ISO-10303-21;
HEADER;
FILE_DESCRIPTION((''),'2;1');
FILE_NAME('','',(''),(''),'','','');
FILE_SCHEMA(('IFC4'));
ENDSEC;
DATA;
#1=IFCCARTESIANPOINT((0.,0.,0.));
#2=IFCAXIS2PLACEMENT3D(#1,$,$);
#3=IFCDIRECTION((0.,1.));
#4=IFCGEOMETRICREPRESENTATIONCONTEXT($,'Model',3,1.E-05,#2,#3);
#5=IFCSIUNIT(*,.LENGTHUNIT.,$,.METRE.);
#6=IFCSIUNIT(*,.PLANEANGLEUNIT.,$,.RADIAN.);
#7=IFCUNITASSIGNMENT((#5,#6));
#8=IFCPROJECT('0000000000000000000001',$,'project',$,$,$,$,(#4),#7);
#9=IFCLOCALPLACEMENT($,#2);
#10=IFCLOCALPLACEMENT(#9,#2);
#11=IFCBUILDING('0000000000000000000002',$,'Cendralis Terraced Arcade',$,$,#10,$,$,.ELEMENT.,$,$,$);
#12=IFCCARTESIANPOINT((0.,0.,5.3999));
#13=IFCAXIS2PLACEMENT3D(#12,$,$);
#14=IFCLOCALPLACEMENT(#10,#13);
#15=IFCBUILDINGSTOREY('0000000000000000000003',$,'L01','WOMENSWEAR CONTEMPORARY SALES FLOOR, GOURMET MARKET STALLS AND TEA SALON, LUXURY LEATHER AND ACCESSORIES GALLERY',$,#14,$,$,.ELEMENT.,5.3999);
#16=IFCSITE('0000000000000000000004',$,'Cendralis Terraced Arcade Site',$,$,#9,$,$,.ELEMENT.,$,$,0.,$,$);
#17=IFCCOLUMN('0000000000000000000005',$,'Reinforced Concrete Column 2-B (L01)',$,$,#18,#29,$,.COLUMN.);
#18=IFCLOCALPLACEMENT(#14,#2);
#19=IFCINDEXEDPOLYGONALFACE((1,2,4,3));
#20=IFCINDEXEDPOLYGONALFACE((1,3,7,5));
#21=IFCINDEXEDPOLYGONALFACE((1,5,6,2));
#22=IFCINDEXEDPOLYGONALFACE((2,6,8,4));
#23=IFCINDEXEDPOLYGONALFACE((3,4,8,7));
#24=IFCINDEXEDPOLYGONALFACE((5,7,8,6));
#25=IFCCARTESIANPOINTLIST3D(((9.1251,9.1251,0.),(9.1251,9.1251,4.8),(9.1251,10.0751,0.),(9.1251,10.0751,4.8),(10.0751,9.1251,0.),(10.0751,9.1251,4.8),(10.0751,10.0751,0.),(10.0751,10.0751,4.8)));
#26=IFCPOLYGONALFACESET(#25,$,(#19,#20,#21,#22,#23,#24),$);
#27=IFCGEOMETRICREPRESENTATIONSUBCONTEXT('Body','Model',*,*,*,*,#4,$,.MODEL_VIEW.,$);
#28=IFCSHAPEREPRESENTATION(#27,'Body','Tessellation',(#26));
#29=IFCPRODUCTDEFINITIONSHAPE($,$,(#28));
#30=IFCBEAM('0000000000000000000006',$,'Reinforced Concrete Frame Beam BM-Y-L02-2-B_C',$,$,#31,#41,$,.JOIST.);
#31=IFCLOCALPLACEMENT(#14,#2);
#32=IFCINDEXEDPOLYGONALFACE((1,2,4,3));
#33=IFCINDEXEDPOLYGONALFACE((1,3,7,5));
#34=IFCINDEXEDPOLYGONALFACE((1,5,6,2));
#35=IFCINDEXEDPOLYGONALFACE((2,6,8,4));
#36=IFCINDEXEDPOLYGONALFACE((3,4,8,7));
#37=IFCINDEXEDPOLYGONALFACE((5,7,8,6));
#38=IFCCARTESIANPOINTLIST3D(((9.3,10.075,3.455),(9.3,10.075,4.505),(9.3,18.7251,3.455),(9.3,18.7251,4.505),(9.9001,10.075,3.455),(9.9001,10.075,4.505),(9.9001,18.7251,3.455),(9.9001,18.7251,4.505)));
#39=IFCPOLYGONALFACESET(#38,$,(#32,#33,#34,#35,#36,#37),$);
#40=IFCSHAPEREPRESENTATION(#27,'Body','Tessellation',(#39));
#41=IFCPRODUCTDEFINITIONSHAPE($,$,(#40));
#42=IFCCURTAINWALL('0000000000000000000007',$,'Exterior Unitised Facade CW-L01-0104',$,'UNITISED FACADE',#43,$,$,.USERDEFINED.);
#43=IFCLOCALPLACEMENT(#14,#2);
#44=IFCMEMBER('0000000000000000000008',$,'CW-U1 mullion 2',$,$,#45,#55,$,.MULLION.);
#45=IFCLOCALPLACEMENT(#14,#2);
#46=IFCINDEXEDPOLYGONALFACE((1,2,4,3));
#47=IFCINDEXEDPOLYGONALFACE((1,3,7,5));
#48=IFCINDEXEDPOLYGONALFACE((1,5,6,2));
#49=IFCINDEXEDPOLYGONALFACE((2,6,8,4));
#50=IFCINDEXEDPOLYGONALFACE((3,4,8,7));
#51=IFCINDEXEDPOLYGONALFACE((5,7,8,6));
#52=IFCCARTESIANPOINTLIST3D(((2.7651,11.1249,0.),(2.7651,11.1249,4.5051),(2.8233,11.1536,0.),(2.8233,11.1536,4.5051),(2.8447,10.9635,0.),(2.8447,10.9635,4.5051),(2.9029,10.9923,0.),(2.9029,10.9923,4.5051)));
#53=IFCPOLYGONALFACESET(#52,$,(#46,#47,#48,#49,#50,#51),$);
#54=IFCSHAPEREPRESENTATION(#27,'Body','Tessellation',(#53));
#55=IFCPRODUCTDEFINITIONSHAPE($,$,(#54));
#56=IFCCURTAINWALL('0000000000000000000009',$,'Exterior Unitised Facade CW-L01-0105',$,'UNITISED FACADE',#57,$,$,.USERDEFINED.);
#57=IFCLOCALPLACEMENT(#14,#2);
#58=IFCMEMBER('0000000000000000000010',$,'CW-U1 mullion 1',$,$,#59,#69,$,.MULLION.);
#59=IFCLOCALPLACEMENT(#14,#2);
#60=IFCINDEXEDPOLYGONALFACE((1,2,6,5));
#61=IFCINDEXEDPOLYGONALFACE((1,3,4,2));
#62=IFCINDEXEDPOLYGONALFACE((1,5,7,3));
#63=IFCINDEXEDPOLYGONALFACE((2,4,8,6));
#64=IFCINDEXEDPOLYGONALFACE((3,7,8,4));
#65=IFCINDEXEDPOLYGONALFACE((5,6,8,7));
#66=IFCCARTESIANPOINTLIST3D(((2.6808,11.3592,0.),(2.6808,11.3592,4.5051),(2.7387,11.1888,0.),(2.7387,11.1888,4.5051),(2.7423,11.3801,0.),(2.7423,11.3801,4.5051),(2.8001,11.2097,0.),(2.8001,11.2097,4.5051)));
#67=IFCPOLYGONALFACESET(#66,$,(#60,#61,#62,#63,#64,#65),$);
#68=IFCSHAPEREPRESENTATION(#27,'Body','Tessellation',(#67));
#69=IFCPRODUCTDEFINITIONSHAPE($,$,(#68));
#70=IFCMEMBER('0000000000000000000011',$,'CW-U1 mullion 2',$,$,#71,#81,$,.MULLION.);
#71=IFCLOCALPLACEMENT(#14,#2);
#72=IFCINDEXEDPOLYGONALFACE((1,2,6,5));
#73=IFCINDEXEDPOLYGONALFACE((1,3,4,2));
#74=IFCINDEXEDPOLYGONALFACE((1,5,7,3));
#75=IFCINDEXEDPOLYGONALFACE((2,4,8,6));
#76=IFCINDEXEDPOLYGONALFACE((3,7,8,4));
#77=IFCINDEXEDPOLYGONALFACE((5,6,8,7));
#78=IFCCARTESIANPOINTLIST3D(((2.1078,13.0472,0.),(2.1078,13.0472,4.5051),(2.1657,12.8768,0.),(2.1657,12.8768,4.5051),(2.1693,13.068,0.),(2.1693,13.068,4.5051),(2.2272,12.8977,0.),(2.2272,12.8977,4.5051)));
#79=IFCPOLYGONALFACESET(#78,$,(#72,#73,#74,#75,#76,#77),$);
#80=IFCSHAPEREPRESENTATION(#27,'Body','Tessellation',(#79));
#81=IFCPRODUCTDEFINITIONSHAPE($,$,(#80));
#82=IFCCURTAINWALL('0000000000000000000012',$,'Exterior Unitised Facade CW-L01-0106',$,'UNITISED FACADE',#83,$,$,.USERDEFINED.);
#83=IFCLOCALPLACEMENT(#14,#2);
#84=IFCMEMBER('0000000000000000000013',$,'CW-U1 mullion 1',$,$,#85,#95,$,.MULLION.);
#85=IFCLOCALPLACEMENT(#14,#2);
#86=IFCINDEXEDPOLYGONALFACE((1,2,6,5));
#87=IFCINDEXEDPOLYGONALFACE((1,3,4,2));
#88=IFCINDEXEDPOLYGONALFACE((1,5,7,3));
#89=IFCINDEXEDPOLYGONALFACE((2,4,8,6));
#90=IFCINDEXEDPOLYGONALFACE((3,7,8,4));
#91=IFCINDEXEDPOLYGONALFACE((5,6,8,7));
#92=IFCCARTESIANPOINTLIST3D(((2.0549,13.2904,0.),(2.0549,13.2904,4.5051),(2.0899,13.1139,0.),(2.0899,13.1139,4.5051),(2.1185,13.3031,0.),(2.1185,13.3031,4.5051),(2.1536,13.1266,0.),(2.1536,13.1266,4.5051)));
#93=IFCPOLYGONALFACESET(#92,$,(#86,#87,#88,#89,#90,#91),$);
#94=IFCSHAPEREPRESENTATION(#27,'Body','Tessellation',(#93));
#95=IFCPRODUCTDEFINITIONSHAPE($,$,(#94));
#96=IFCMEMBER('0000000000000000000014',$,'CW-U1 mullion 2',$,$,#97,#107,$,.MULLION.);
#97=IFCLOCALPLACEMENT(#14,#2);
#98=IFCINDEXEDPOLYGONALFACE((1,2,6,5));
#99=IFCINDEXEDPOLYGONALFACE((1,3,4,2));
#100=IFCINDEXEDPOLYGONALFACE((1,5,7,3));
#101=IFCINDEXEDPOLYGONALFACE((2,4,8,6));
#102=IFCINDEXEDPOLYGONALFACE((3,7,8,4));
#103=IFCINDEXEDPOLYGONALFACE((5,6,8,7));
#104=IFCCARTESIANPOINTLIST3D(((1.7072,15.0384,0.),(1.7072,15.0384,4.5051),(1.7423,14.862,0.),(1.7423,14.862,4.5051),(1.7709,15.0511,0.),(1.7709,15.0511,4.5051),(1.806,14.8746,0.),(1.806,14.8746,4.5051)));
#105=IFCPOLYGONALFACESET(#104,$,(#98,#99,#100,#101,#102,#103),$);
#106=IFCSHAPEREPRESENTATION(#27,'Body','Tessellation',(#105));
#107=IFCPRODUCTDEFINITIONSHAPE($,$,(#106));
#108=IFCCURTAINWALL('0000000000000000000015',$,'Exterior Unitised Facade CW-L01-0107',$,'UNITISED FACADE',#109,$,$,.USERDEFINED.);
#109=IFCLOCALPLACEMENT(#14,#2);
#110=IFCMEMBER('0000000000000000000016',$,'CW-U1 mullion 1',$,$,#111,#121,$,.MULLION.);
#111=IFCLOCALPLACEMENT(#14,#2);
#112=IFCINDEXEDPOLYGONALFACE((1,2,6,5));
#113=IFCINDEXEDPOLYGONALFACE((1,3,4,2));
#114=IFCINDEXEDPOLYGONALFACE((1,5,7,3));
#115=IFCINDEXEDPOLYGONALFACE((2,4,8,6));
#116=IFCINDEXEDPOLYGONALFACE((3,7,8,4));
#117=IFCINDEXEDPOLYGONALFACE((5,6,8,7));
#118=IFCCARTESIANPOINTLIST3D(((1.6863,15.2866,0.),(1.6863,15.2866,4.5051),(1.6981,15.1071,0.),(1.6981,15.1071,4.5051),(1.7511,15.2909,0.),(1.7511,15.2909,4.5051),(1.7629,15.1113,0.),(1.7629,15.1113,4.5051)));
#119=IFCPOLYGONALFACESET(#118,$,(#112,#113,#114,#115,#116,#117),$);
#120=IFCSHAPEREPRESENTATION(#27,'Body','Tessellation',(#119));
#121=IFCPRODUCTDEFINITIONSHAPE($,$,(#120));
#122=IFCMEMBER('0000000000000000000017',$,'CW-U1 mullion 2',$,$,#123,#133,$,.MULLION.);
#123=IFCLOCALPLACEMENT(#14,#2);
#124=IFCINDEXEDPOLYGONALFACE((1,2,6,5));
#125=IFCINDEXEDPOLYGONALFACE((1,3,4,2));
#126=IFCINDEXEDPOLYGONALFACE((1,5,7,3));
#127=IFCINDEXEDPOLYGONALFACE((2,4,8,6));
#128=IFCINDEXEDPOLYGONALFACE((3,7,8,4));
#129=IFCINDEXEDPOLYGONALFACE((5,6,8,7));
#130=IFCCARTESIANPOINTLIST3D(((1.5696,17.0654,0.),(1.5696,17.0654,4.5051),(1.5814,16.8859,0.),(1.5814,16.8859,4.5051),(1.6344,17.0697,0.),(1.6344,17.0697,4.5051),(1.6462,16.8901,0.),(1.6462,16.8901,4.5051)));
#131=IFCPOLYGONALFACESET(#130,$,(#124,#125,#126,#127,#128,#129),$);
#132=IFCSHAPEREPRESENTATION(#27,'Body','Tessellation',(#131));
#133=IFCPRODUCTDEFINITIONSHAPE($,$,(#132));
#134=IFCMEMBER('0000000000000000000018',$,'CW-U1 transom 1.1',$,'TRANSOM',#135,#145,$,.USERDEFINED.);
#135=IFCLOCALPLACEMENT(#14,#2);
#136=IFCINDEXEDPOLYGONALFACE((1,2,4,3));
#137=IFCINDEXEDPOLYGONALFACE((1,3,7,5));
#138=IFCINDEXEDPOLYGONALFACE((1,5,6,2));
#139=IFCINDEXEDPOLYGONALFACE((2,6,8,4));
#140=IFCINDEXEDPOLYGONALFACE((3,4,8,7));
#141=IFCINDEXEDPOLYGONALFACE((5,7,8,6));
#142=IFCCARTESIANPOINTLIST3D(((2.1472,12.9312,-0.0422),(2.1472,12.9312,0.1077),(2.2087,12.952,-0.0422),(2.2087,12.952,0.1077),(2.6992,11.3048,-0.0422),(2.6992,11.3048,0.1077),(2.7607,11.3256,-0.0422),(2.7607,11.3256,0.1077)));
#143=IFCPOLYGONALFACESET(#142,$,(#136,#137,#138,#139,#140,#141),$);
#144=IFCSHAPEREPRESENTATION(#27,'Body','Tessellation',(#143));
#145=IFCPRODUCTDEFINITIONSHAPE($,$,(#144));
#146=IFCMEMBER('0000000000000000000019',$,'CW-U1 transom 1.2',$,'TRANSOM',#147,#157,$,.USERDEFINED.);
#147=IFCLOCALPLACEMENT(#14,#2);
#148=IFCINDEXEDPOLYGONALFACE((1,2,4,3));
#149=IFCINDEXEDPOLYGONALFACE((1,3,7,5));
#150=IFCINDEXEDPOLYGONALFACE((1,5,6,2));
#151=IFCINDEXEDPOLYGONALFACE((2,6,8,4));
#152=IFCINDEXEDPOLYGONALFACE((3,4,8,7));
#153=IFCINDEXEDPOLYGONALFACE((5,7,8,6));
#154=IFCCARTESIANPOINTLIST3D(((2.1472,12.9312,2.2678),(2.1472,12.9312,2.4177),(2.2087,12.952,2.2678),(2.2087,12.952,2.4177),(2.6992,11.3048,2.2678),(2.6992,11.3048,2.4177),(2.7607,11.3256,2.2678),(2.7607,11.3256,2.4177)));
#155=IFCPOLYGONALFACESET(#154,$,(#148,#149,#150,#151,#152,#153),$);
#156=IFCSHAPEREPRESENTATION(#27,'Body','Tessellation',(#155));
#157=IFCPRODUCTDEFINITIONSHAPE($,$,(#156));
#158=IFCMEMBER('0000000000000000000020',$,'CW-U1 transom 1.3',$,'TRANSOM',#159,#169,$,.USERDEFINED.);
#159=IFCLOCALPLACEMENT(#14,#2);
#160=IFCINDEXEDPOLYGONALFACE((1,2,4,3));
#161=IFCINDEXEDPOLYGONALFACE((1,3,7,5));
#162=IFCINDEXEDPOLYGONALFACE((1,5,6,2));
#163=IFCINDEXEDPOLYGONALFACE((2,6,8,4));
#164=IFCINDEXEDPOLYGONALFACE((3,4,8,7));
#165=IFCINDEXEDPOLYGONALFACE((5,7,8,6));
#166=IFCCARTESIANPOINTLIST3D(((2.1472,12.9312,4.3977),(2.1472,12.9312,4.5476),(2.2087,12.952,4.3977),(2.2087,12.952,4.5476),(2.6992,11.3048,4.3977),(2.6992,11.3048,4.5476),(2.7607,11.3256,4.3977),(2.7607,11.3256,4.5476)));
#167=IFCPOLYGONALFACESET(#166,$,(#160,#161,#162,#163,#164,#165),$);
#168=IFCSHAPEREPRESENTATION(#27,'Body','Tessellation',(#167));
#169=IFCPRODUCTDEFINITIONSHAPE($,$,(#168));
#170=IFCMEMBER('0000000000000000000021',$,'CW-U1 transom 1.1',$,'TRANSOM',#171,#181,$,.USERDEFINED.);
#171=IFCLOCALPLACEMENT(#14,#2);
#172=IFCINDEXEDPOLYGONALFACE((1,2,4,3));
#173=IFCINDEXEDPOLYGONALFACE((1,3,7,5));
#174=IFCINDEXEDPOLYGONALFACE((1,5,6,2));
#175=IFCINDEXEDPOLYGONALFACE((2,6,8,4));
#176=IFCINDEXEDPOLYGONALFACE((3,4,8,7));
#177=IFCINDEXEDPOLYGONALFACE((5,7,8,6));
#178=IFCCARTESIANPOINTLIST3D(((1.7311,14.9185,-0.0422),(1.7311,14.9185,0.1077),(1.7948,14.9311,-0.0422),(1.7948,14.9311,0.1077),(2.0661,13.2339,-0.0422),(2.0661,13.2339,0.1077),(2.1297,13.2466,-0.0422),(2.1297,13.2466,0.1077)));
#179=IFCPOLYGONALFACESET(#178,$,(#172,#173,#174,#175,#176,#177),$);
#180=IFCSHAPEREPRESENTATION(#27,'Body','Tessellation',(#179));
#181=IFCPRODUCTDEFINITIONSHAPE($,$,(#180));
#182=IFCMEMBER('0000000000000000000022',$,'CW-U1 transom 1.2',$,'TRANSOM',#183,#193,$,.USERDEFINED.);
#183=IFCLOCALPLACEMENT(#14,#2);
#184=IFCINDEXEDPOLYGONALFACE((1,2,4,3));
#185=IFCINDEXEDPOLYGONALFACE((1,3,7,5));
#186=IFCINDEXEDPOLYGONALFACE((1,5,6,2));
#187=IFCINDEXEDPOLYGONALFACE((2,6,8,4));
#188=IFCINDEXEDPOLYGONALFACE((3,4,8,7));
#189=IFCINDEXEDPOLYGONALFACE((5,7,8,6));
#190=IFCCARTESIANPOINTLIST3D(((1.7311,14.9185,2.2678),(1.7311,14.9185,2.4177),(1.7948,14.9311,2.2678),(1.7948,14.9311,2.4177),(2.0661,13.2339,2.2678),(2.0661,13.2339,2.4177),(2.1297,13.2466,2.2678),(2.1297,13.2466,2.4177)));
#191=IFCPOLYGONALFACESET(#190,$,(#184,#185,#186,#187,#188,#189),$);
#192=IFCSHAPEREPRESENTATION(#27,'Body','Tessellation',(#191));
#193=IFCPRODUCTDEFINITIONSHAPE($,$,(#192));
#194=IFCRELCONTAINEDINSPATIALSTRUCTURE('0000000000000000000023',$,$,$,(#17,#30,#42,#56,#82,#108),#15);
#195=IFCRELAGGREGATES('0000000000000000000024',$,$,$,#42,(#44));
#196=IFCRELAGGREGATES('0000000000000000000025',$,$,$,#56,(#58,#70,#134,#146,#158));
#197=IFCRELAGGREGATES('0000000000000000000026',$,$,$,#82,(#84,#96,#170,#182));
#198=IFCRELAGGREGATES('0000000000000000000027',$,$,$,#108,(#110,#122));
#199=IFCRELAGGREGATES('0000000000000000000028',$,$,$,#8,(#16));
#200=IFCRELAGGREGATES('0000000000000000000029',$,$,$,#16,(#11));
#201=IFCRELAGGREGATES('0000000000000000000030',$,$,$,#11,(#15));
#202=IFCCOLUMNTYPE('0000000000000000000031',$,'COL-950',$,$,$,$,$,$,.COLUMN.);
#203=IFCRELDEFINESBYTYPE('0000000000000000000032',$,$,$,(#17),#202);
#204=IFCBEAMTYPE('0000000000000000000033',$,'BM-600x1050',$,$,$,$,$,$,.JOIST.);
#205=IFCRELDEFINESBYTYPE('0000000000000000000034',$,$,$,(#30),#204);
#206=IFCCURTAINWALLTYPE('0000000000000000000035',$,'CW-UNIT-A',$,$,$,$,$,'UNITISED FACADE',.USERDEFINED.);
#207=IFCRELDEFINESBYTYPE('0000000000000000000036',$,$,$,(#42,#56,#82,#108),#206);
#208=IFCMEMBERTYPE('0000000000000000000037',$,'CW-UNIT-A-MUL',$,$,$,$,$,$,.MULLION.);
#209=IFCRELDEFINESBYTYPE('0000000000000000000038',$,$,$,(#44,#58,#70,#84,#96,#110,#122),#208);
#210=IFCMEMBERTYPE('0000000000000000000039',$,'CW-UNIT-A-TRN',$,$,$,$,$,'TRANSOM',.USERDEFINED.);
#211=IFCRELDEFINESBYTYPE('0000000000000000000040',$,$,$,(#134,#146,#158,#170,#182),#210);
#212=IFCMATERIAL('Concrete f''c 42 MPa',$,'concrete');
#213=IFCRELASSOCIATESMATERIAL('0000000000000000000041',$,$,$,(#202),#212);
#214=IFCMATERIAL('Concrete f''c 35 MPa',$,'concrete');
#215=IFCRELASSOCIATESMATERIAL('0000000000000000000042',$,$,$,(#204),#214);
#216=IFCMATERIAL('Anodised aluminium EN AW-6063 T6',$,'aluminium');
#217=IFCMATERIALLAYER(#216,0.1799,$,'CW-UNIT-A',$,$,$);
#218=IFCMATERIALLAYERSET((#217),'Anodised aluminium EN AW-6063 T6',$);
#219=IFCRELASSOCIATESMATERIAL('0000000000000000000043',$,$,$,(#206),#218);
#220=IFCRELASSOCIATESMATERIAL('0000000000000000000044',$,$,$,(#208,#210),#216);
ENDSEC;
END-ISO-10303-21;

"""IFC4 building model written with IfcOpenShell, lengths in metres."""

from ifc_helpers import new_model, si_unit, direction, frame, origin, origin_2d, place, context, subcontext, project, spatial, rectangle, extrude, material, layer, layer_set, material_profile, profile_set, type_object, element, aggregate, save


model = new_model("IFC4")

# Units and contexts
model_context = context("Model", 3, precision=1e-05, world=origin(), true_north=direction((0.0, 1.0)))
body_context = subcontext(model_context, "Body", "Model", "MODEL_VIEW")
ifc_project = project(units=[si_unit("LENGTHUNIT", "METRE"), si_unit("PLANEANGLEUNIT", "RADIAN")], contexts=[model_context])

# Site, building, storey
site_placement = place(None, origin())
site = spatial("IfcSite", under=ifc_project, at=site_placement, Name="Cendralis Terraced Arcade Site", CompositionType="ELEMENT", RefElevation=0.0)
building_placement = place(site_placement, origin())
building = spatial("IfcBuilding", under=site, at=building_placement, Name="Cendralis Terraced Arcade", CompositionType="ELEMENT")
storey_placement = place(building_placement, frame((0.0, 0.0, 5.3999)))
storey = spatial("IfcBuildingStorey", under=building, at=storey_placement, Name="L01", Description="WOMENSWEAR CONTEMPORARY SALES FLOOR, GOURMET MARKET STALLS AND TEA SALON, LUXURY LEATHER AND ACCESSORIES GALLERY", CompositionType="ELEMENT", Elevation=5.3999)

# Column
ifc_material_1 = material(Name="Concrete f'c 42 MPa", Category="concrete")
ifc_material_profile_1 = material_profile(ifc_material_1, rectangle(XDim=0.95, YDim=0.95, at=origin_2d()), Name="RC-COL-950x950", Category="LoadBearing")
ifc_profile_set_1 = profile_set([ifc_material_profile_1], Name="Concrete f'c 42 MPa")
column_type = type_object("IfcColumnType", Name="COL-950", PredefinedType="COLUMN", material=ifc_profile_set_1)
column_placement = place(storey_placement, frame((9.6001, 9.6001, 0.0), z_axis=(0.0, 0.0, 1.0), x_axis=(1.0, 0.0, 0.0)))
element("IfcColumn", 1, at=column_placement, inside=storey, type_object=column_type, Name="Reinforced Concrete Column 2-B (L01)", PredefinedType="COLUMN", context=body_context, shape_type="SweptSolid", body=[
    extrude(rectangle(XDim=0.95, YDim=0.95, at=origin_2d()), origin(), (0.0, 0.0, 1.0), 4.8),
])

# Beam
ifc_material_2 = material(Name="Concrete f'c 35 MPa", Category="concrete")
ifc_material_profile_2 = material_profile(ifc_material_2, rectangle(XDim=0.6001, YDim=1.05, at=origin_2d()), Name="RC-BM-600x1050", Category="LoadBearing")
ifc_profile_set_2 = profile_set([ifc_material_profile_2], Name="Concrete f'c 35 MPa")
beam_type = type_object("IfcBeamType", Name="BM-600x1050", PredefinedType="JOIST", material=ifc_profile_set_2)
beam_placement = place(storey_placement, frame((9.6001, 10.075, 3.98), z_axis=(0.0, 1.0, 0.0), x_axis=(-1.0, 0.0, 0.0)))
element("IfcBeam", 2, at=beam_placement, inside=storey, type_object=beam_type, Name="Reinforced Concrete Frame Beam BM-Y-L02-2-B_C", PredefinedType="JOIST", context=body_context, shape_type="SweptSolid", body=[
    extrude(rectangle(XDim=0.6001, YDim=1.05, at=origin_2d()), origin(), (0.0, 0.0, 1.0), 8.6501),
])

# Curtain wall, member
ifc_material_3 = material(Name="Anodised aluminium EN AW-6063 T6", Category="aluminium")
ifc_layer_1 = layer(ifc_material_3, 0.1799, Name="CW-UNIT-A")
ifc_layer_set_1 = layer_set([ifc_layer_1], Name="Anodised aluminium EN AW-6063 T6")
curtain_wall_type = type_object("IfcCurtainWallType", Name="CW-UNIT-A", ElementType="UNITISED FACADE", PredefinedType="USERDEFINED", material=ifc_layer_set_1)
curtain_wall_1_placement = place(storey_placement, origin())
curtain_wall_1 = element("IfcCurtainWall", 3, at=curtain_wall_1_placement, inside=storey, type_object=curtain_wall_type, Name="Exterior Unitised Facade CW-L01-0104", ObjectType="UNITISED FACADE", PredefinedType="USERDEFINED")
ifc_material_profile_3 = material_profile(ifc_material_3, rectangle(XDim=0.0649, YDim=0.1799, at=origin_2d()), Name="ALU-MUL-65x180")
ifc_profile_set_3 = profile_set([ifc_material_profile_3], Name="Anodised aluminium EN AW-6063 T6")
member_type_1 = type_object("IfcMemberType", Name="CW-UNIT-A-MUL", PredefinedType="MULLION", material=ifc_profile_set_3)
member_1_placement = place(storey_placement, frame((2.834, 11.0586, 0.0), z_axis=(0.0, 0.0, 1.0), x_axis=(-0.896882, -0.44227, 0.0)))
member_1 = element("IfcMember", 4, at=member_1_placement, type_object=member_type_1, Name="CW-U1 mullion 2", PredefinedType="MULLION", context=body_context, shape_type="SweptSolid", body=[
    extrude(rectangle(XDim=0.0649, YDim=0.1799, at=origin_2d()), origin(), (0.0, 0.0, 1.0), 4.5051),
])

# Curtain walls, members
curtain_wall_2_placement = place(storey_placement, origin())
curtain_wall_2 = element("IfcCurtainWall", 5, at=curtain_wall_2_placement, inside=storey, type_object=curtain_wall_type, Name="Exterior Unitised Facade CW-L01-0105", ObjectType="UNITISED FACADE", PredefinedType="USERDEFINED")
member_2_placement = place(storey_placement, frame((2.7405, 11.2844, 0.0), z_axis=(0.0, 0.0, 1.0), x_axis=(-0.94691, -0.3215, 0.0)))
member_2 = element("IfcMember", 6, at=member_2_placement, type_object=member_type_1, Name="CW-U1 mullion 1", PredefinedType="MULLION", context=body_context, shape_type="SweptSolid", body=[
    extrude(rectangle(XDim=0.0649, YDim=0.1799, at=origin_2d()), origin(), (0.0, 0.0, 1.0), 4.5051),
])
member_3_placement = place(storey_placement, frame((2.1675, 12.9724, 0.0), z_axis=(0.0, 0.0, 1.0), x_axis=(-0.94691, -0.3215, 0.0)))
member_3 = element("IfcMember", 7, at=member_3_placement, type_object=member_type_1, Name="CW-U1 mullion 2", PredefinedType="MULLION", context=body_context, shape_type="SweptSolid", body=[
    extrude(rectangle(XDim=0.0649, YDim=0.1799, at=origin_2d()), origin(), (0.0, 0.0, 1.0), 4.5051),
])
curtain_wall_3_placement = place(storey_placement, origin())
curtain_wall_3 = element("IfcCurtainWall", 8, at=curtain_wall_3_placement, inside=storey, type_object=curtain_wall_type, Name="Exterior Unitised Facade CW-L01-0106", ObjectType="UNITISED FACADE", PredefinedType="USERDEFINED")
member_4_placement = place(storey_placement, frame((2.1042, 13.2085, 0.0), z_axis=(0.0, 0.0, 1.0), x_axis=(-0.980797, -0.195033, 0.0)))
member_4 = element("IfcMember", 9, at=member_4_placement, type_object=member_type_1, Name="CW-U1 mullion 1", PredefinedType="MULLION", context=body_context, shape_type="SweptSolid", body=[
    extrude(rectangle(XDim=0.0649, YDim=0.1799, at=origin_2d()), origin(), (0.0, 0.0, 1.0), 4.5051),
])
member_5_placement = place(storey_placement, frame((1.7566, 14.9565, 0.0), z_axis=(0.0, 0.0, 1.0), x_axis=(-0.980797, -0.195033, 0.0)))
member_5 = element("IfcMember", 10, at=member_5_placement, type_object=member_type_1, Name="CW-U1 mullion 2", PredefinedType="MULLION", context=body_context, shape_type="SweptSolid", body=[
    extrude(rectangle(XDim=0.0649, YDim=0.1799, at=origin_2d()), origin(), (0.0, 0.0, 1.0), 4.5051),
])
curtain_wall_4_placement = place(storey_placement, origin())
curtain_wall_4 = element("IfcCurtainWall", 11, at=curtain_wall_4_placement, inside=storey, type_object=curtain_wall_type, Name="Exterior Unitised Facade CW-L01-0107", ObjectType="UNITISED FACADE", PredefinedType="USERDEFINED")
member_6_placement = place(storey_placement, frame((1.7246, 15.199, 0.0), z_axis=(0.0, 0.0, 1.0), x_axis=(-0.99786, -0.065384, 0.0)))
member_6 = element("IfcMember", 12, at=member_6_placement, type_object=member_type_1, Name="CW-U1 mullion 1", PredefinedType="MULLION", context=body_context, shape_type="SweptSolid", body=[
    extrude(rectangle(XDim=0.0649, YDim=0.1799, at=origin_2d()), origin(), (0.0, 0.0, 1.0), 4.5051),
])
member_7_placement = place(storey_placement, frame((1.6079, 16.9778, 0.0), z_axis=(0.0, 0.0, 1.0), x_axis=(-0.99786, -0.065384, 0.0)))
member_7 = element("IfcMember", 13, at=member_7_placement, type_object=member_type_1, Name="CW-U1 mullion 2", PredefinedType="MULLION", context=body_context, shape_type="SweptSolid", body=[
    extrude(rectangle(XDim=0.0649, YDim=0.1799, at=origin_2d()), origin(), (0.0, 0.0, 1.0), 4.5051),
])

# Members
ifc_material_profile_4 = material_profile(ifc_material_3, rectangle(XDim=0.0649, YDim=0.1499, at=origin_2d()), Name="ALU-TRN-65x150")
ifc_profile_set_4 = profile_set([ifc_material_profile_4], Name="Anodised aluminium EN AW-6063 T6")
member_type_2 = type_object("IfcMemberType", Name="CW-UNIT-A-TRN", ElementType="TRANSOM", PredefinedType="USERDEFINED", material=ifc_profile_set_4)
member_8_placement = place(storey_placement, frame((2.73, 11.3152, 0.0327), z_axis=(-0.321383, 0.946949, 0.0), x_axis=(-0.946949, -0.321383, 0.0)))
member_8 = element("IfcMember", 14, at=member_8_placement, type_object=member_type_2, Name="CW-U1 transom 1.1", ObjectType="TRANSOM", PredefinedType="USERDEFINED", context=body_context, shape_type="SweptSolid", body=[
    extrude(rectangle(XDim=0.0649, YDim=0.1499, at=origin_2d()), origin(), (0.0, 0.0, 1.0), 1.7175),
])
member_9_placement = place(storey_placement, frame((2.73, 11.3152, 2.3428), z_axis=(-0.321383, 0.946949, 0.0), x_axis=(-0.946949, -0.321383, 0.0)))
member_9 = element("IfcMember", 15, at=member_9_placement, type_object=member_type_2, Name="CW-U1 transom 1.2", ObjectType="TRANSOM", PredefinedType="USERDEFINED", context=body_context, shape_type="SweptSolid", body=[
    extrude(rectangle(XDim=0.0649, YDim=0.1499, at=origin_2d()), origin(), (0.0, 0.0, 1.0), 1.7175),
])
member_10_placement = place(storey_placement, frame((2.73, 11.3152, 4.4727), z_axis=(-0.321383, 0.946949, 0.0), x_axis=(-0.946949, -0.321383, 0.0)))
member_10 = element("IfcMember", 16, at=member_10_placement, type_object=member_type_2, Name="CW-U1 transom 1.3", ObjectType="TRANSOM", PredefinedType="USERDEFINED", context=body_context, shape_type="SweptSolid", body=[
    extrude(rectangle(XDim=0.0649, YDim=0.1499, at=origin_2d()), origin(), (0.0, 0.0, 1.0), 1.7175),
])
member_11_placement = place(storey_placement, frame((2.0979, 13.2402, 0.0327), z_axis=(-0.195023, 0.980799, 0.0), x_axis=(-0.980799, -0.195023, 0.0)))
member_11 = element("IfcMember", 17, at=member_11_placement, type_object=member_type_2, Name="CW-U1 transom 1.1", ObjectType="TRANSOM", PredefinedType="USERDEFINED", context=body_context, shape_type="SweptSolid", body=[
    extrude(rectangle(XDim=0.0649, YDim=0.1499, at=origin_2d()), origin(), (0.0, 0.0, 1.0), 1.7175),
])
member_12_placement = place(storey_placement, frame((2.0979, 13.2402, 2.3428), z_axis=(-0.195023, 0.980799, 0.0), x_axis=(-0.980799, -0.195023, 0.0)))
member_12 = element("IfcMember", 18, at=member_12_placement, type_object=member_type_2, Name="CW-U1 transom 1.2", ObjectType="TRANSOM", PredefinedType="USERDEFINED", context=body_context, shape_type="SweptSolid", body=[
    extrude(rectangle(XDim=0.0649, YDim=0.1499, at=origin_2d()), origin(), (0.0, 0.0, 1.0), 1.7175),
])

aggregate(curtain_wall_1, [member_1])
aggregate(curtain_wall_2, [member_2, member_3, member_8, member_9, member_10])
aggregate(curtain_wall_3, [member_4, member_5, member_11, member_12])
aggregate(curtain_wall_4, [member_6, member_7])

save(model, "model.ifc")
